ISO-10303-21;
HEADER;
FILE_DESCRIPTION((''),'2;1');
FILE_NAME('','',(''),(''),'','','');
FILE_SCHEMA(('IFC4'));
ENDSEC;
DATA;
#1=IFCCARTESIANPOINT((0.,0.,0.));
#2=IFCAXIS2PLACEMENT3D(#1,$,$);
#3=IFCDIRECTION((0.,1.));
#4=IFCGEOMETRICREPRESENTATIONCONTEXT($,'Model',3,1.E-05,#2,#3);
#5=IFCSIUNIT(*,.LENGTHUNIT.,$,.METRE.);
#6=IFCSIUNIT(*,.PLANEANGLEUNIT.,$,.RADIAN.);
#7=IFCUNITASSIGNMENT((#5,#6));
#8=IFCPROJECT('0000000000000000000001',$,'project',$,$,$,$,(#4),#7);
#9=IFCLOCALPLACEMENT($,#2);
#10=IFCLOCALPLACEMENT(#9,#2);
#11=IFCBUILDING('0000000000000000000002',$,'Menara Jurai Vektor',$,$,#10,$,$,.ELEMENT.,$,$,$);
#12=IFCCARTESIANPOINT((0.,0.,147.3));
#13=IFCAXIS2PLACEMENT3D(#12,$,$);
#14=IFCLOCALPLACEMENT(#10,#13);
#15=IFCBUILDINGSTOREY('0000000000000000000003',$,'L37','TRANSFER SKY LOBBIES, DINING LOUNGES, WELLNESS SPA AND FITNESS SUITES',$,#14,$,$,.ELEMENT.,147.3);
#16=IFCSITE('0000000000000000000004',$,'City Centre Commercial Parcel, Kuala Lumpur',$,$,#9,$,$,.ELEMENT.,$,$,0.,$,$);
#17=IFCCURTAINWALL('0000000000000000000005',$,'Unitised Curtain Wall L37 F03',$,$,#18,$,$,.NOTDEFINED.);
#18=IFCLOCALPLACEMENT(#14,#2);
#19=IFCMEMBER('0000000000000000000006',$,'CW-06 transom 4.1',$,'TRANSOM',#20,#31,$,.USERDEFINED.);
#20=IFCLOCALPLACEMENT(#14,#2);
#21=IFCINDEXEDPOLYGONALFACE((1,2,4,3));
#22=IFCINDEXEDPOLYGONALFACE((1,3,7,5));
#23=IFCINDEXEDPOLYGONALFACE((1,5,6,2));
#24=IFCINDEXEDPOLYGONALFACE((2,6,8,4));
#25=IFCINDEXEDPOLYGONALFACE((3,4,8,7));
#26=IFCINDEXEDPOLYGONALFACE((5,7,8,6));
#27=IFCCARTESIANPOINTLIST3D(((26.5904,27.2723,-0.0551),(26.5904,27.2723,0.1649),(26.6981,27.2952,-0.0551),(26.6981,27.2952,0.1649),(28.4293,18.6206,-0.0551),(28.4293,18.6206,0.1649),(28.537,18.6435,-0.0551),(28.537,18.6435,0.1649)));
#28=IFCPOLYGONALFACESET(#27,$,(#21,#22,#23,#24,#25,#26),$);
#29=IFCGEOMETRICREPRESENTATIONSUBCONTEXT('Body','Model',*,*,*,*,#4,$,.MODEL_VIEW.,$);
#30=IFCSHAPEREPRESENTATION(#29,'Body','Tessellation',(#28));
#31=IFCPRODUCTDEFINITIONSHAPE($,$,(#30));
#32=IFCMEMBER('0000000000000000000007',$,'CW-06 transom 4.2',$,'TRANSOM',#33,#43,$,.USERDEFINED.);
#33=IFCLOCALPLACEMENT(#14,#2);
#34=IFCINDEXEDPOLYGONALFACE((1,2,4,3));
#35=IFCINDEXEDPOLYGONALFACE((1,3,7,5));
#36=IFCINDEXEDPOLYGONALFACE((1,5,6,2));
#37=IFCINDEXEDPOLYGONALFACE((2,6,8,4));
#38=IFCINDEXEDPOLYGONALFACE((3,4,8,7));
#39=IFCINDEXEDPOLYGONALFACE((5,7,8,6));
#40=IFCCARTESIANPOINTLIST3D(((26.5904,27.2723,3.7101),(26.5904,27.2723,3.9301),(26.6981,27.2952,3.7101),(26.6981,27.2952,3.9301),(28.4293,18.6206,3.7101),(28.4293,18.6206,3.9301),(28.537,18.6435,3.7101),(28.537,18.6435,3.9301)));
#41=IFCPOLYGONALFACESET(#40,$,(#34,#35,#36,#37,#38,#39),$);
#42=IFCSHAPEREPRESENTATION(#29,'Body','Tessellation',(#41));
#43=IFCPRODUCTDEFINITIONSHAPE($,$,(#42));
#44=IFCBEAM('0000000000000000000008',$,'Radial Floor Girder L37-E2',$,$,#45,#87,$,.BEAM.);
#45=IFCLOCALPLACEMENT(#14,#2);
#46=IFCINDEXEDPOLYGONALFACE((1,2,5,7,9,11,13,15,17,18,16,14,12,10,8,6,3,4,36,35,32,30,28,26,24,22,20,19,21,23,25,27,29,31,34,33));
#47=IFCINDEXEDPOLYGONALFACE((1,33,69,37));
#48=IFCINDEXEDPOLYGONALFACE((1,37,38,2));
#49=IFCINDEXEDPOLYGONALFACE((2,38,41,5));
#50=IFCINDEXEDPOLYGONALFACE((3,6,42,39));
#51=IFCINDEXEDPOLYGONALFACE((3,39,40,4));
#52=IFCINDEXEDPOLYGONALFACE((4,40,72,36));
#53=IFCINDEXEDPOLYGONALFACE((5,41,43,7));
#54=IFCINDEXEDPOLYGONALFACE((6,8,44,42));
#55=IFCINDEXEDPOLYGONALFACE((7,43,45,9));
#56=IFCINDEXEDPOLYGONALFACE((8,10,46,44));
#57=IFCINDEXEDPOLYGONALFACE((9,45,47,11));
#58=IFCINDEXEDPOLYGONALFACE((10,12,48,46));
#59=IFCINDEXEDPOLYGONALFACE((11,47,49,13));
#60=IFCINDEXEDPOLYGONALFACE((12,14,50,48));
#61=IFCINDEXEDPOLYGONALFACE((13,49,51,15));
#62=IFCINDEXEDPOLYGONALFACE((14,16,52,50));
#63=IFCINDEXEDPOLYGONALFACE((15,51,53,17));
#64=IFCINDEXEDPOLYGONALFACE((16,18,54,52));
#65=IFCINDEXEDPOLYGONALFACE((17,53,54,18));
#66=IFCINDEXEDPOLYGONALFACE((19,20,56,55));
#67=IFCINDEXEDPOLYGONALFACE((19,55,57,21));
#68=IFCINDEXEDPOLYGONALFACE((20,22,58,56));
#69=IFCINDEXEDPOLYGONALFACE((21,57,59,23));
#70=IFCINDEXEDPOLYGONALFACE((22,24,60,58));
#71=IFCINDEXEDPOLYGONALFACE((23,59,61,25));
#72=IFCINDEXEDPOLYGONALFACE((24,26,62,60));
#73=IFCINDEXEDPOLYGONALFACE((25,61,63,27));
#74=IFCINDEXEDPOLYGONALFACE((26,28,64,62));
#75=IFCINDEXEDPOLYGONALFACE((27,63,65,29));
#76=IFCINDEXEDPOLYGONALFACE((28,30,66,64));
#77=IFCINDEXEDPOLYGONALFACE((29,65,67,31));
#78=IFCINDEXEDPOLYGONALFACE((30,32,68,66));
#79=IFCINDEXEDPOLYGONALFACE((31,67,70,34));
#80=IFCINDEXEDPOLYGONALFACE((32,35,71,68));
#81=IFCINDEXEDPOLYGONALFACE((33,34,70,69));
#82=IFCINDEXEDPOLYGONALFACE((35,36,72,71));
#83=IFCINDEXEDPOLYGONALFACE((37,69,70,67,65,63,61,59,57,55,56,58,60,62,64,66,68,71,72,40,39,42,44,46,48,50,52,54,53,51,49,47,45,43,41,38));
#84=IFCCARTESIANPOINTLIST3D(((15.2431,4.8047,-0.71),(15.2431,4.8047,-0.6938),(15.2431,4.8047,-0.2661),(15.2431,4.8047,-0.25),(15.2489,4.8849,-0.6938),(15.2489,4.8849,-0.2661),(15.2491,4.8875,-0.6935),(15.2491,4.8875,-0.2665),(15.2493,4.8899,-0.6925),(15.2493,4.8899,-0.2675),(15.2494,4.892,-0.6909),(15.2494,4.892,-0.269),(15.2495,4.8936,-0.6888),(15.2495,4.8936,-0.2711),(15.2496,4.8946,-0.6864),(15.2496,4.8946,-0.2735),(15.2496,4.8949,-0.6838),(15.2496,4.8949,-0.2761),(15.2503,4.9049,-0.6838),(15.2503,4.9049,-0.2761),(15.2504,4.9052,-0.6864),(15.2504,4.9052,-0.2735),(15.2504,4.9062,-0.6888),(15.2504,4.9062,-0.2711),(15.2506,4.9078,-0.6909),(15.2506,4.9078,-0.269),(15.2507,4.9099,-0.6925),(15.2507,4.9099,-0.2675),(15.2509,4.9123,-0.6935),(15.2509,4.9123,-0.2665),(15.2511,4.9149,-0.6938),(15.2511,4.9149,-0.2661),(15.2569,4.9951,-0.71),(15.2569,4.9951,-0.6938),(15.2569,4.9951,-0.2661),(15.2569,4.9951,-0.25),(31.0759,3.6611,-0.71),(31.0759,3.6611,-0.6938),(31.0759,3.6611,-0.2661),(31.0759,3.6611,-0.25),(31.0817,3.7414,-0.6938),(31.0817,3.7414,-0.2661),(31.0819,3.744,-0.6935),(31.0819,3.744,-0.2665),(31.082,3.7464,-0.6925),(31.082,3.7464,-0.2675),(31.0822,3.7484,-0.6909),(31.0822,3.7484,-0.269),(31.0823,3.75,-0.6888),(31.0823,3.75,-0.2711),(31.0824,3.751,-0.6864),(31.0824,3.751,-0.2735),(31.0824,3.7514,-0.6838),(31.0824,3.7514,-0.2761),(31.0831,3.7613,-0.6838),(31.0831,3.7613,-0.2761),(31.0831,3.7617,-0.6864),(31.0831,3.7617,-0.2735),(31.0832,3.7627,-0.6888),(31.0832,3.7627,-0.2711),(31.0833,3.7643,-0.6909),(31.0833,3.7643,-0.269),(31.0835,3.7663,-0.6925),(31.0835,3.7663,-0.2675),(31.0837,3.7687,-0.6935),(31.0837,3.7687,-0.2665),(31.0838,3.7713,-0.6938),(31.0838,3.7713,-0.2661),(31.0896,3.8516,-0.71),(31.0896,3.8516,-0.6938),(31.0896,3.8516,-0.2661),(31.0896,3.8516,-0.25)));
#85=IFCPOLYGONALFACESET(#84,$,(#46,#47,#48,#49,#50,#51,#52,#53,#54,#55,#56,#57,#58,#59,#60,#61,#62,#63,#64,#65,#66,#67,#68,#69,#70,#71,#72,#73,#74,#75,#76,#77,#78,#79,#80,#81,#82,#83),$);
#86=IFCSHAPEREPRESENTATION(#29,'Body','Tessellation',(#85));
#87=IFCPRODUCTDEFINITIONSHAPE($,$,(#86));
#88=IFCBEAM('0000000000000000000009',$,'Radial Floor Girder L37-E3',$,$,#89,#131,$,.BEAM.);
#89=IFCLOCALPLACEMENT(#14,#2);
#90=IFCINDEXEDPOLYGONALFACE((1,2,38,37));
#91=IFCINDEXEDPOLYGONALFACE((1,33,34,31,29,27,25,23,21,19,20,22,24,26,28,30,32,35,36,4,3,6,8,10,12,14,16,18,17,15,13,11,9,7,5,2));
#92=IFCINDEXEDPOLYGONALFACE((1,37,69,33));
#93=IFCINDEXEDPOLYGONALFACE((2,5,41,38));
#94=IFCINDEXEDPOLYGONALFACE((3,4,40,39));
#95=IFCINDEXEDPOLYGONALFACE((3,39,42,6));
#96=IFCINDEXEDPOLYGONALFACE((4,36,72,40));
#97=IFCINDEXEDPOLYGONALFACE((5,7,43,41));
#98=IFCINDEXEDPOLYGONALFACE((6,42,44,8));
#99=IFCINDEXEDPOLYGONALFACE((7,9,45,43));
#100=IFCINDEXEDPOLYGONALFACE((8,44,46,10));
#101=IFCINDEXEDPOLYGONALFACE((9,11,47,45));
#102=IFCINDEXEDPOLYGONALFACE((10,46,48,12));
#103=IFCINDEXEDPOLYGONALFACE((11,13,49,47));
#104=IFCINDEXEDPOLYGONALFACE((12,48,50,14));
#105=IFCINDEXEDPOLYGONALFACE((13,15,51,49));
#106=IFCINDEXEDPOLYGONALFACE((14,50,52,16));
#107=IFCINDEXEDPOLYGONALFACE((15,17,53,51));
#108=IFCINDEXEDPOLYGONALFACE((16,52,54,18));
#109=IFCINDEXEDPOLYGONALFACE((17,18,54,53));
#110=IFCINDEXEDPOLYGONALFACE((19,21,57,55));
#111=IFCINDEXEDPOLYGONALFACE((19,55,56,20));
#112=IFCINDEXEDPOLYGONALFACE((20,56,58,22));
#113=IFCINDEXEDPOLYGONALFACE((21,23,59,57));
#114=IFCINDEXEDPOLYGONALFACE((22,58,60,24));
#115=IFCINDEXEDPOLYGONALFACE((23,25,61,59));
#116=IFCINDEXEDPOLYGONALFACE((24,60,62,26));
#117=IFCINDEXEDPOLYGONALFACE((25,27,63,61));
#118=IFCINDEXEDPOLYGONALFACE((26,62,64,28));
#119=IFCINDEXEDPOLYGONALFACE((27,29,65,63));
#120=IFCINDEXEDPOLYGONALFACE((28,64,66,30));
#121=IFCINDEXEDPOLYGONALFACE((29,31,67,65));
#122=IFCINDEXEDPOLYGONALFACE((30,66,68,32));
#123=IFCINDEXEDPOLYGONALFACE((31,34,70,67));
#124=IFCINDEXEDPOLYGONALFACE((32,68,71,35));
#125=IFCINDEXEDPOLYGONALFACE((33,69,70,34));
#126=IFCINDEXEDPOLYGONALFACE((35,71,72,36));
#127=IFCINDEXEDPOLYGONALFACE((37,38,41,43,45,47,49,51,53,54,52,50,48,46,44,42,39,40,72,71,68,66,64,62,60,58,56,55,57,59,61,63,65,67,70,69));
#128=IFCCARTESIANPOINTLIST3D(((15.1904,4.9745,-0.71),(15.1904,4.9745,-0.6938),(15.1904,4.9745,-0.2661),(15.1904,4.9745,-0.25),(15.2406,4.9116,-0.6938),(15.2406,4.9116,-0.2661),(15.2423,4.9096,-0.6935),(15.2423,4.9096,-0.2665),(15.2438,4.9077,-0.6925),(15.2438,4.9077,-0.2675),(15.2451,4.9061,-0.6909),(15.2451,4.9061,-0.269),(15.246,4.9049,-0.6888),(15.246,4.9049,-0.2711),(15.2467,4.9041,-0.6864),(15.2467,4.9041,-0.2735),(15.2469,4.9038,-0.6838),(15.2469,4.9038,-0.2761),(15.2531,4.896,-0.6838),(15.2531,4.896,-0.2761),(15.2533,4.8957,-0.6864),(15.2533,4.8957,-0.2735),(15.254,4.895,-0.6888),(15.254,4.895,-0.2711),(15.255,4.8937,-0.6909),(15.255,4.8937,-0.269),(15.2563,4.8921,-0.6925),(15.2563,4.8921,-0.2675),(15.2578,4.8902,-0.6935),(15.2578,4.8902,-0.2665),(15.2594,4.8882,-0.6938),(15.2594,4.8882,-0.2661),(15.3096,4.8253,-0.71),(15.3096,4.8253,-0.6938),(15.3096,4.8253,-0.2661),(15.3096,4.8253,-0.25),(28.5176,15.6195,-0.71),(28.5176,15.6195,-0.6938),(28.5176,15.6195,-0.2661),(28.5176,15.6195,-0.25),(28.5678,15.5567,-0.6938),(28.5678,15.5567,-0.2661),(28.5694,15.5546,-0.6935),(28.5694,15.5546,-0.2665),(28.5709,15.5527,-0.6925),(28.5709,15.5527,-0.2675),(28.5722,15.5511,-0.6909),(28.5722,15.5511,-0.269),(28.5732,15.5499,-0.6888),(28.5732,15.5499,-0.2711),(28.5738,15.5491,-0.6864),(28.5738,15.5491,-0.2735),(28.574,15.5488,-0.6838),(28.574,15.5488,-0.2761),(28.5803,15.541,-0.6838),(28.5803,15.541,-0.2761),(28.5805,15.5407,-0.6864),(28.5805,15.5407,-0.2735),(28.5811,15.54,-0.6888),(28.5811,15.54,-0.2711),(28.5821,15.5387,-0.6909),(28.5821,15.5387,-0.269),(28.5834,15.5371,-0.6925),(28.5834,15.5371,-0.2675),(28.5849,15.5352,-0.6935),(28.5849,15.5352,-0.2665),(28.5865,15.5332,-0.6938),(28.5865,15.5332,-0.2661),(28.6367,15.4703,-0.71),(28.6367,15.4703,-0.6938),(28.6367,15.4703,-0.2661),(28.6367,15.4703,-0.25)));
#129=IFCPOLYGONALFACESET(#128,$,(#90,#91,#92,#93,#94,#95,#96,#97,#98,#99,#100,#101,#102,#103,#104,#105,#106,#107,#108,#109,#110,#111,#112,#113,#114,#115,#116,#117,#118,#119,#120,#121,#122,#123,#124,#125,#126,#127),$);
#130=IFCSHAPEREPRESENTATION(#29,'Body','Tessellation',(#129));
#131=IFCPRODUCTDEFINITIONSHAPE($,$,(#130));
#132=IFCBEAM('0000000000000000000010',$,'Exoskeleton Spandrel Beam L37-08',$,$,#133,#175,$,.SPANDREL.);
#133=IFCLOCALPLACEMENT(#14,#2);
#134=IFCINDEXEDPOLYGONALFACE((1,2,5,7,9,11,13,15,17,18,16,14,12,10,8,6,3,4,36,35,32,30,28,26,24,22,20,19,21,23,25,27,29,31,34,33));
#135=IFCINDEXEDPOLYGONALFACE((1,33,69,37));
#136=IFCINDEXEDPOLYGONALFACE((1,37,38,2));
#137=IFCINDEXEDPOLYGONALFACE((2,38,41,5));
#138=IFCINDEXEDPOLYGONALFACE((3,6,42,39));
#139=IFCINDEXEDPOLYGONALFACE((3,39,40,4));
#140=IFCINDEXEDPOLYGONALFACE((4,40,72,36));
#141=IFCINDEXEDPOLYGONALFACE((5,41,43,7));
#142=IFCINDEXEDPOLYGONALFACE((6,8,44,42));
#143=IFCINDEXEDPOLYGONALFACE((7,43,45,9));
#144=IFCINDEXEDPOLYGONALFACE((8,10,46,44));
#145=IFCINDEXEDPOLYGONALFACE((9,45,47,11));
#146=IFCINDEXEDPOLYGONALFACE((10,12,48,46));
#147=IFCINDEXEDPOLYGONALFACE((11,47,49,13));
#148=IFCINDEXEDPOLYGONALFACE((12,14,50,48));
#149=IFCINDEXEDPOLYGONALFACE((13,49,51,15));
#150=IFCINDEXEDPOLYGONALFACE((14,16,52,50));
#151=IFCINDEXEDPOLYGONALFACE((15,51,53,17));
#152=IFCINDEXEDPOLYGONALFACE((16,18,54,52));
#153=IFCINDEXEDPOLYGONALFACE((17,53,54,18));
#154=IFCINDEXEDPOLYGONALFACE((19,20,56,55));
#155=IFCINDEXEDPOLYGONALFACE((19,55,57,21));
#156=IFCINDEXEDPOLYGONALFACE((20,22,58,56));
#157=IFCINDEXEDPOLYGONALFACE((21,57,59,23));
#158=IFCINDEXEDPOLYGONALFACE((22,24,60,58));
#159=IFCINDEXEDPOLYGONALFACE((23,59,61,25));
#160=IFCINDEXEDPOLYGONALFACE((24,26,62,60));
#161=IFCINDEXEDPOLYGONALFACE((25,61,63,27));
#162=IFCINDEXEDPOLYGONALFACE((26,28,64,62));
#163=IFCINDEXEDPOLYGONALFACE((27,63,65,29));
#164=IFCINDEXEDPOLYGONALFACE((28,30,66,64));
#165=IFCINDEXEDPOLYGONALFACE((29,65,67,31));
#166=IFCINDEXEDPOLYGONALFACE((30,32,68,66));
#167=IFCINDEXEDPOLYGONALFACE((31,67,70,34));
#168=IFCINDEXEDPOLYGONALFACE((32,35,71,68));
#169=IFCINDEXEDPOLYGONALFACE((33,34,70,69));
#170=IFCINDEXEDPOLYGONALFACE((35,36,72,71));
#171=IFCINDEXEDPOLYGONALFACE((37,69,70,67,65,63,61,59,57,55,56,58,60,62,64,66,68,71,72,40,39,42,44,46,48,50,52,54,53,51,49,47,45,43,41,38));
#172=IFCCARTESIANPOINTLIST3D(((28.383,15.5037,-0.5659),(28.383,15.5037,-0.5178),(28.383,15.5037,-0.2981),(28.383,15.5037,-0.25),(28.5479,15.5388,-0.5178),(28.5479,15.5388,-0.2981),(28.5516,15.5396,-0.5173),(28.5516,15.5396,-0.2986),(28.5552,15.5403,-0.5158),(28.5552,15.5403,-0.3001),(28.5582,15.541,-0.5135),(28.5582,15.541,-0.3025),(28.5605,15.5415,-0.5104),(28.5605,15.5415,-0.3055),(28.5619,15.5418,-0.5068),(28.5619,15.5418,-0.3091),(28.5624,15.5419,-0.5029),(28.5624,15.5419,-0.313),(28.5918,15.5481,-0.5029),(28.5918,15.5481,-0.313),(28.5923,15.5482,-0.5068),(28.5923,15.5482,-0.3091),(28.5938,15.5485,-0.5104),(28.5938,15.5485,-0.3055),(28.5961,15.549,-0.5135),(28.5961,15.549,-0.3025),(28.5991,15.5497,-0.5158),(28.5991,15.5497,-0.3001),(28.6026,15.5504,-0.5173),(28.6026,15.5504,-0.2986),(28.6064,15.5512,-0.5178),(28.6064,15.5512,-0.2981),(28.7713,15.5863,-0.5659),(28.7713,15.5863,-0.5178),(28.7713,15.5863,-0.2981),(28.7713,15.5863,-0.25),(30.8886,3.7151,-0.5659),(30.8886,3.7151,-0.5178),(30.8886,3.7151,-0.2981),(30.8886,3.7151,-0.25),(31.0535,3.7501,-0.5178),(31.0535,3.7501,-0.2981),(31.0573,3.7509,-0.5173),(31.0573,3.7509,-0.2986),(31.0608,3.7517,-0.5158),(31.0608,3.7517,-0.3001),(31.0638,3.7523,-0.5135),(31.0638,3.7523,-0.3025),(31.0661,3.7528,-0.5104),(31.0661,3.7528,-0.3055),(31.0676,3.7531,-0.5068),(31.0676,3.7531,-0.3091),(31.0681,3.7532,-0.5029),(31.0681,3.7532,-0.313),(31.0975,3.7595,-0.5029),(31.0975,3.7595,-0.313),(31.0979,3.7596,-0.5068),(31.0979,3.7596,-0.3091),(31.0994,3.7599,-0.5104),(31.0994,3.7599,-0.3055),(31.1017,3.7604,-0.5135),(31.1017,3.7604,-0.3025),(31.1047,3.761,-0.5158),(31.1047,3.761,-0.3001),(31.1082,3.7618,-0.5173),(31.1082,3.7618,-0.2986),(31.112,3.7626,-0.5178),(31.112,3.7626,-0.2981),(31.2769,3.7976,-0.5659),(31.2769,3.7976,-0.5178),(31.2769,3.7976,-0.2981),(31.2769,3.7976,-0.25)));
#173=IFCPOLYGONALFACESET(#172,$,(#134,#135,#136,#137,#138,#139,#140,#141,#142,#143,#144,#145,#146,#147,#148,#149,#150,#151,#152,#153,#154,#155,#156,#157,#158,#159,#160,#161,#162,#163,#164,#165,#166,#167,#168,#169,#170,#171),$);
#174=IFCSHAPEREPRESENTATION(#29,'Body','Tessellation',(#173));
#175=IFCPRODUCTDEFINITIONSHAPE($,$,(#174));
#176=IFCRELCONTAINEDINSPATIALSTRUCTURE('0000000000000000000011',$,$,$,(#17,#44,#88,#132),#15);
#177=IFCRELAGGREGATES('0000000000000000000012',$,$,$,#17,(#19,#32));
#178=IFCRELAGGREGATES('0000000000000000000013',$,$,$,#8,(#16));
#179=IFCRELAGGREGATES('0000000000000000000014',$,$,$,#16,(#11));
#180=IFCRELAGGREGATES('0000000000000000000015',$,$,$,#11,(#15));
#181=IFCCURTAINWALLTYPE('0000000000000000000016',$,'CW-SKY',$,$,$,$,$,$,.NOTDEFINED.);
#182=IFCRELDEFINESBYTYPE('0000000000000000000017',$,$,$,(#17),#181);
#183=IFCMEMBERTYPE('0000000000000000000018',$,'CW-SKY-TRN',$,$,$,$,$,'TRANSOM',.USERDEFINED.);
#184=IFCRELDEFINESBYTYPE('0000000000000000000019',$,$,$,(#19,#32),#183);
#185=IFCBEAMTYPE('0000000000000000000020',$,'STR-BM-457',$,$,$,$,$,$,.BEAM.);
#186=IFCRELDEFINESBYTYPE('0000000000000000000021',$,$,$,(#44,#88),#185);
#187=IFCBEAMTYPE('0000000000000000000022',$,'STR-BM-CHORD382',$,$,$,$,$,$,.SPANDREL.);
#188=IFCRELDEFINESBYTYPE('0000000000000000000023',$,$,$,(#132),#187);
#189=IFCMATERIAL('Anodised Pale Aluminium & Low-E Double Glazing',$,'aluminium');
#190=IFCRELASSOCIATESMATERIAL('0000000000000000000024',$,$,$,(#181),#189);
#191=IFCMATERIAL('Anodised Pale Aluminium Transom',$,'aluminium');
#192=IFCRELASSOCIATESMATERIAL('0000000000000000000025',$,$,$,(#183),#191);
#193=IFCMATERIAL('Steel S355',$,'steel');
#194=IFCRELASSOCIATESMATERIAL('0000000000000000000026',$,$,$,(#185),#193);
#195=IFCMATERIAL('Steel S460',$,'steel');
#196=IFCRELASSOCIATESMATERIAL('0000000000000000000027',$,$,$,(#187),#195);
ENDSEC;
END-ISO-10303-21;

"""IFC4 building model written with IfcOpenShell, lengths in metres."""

from ifc_helpers import new_model, si_unit, direction, frame, origin, origin_2d, place, context, subcontext, project, spatial, rectangle, i_section, extrude, material, material_profile, profile_set, type_object, element, aggregate, save


model = new_model("IFC4")

# Units and contexts
model_context = context("Model", 3, precision=1e-05, world=origin(), true_north=direction((0.0, 1.0)))
body_context = subcontext(model_context, "Body", "Model", "MODEL_VIEW")
ifc_project = project(units=[si_unit("LENGTHUNIT", "METRE"), si_unit("PLANEANGLEUNIT", "RADIAN")], contexts=[model_context])

# Site, building, storey
site_placement = place(None, origin())
site = spatial("IfcSite", under=ifc_project, at=site_placement, Name="City Centre Commercial Parcel, Kuala Lumpur", CompositionType="ELEMENT", RefElevation=0.0)
building_placement = place(site_placement, origin())
building = spatial("IfcBuilding", under=site, at=building_placement, Name="Menara Jurai Vektor", CompositionType="ELEMENT")
storey_placement = place(building_placement, frame((0.0, 0.0, 147.3)))
storey = spatial("IfcBuildingStorey", under=building, at=storey_placement, Name="L37", Description="TRANSFER SKY LOBBIES, DINING LOUNGES, WELLNESS SPA AND FITNESS SUITES", CompositionType="ELEMENT", Elevation=147.3)

# Shared definitions
ifc_material_1 = material(Name="Steel S460", Category="steel")

# Curtain wall, members
ifc_material_2 = material(Name="Anodised Pale Aluminium & Low-E Double Glazing", Category="aluminium")
curtain_wall_type = type_object("IfcCurtainWallType", Name="CW-SKY", PredefinedType="NOTDEFINED", material=ifc_material_2)
curtain_wall_placement = place(storey_placement, origin())
curtain_wall = element("IfcCurtainWall", 1, at=curtain_wall_placement, inside=storey, type_object=curtain_wall_type, Name="Unitised Curtain Wall L37 F03", PredefinedType="NOTDEFINED")
ifc_material_3 = material(Name="Anodised Pale Aluminium Transom", Category="aluminium")
ifc_material_profile_1 = material_profile(ifc_material_3, rectangle(XDim=0.1101, YDim=0.22, at=origin_2d()), Name="ALU TRN 110x220")
ifc_profile_set_1 = profile_set([ifc_material_profile_1], Name="Anodised Pale Aluminium Transom")
member_type_1 = type_object("IfcMemberType", Name="CW-SKY-TRN", ElementType="TRANSOM", PredefinedType="USERDEFINED", material=ifc_profile_set_1)
member_1_placement = place(storey_placement, frame((28.4832, 18.6321, 0.0549), z_axis=(-0.207902, 0.97815, 0.0), x_axis=(-0.97815, -0.207902, 0.0)))
member_1 = element("IfcMember", 2, at=member_1_placement, type_object=member_type_1, Name="CW-06 transom 4.1", ObjectType="TRANSOM", PredefinedType="USERDEFINED", context=body_context, shape_type="SweptSolid", body=[
    extrude(rectangle(XDim=0.1101, YDim=0.22, at=origin_2d()), origin(), (0.0, 0.0, 1.0), 8.845),
])
member_2_placement = place(storey_placement, frame((28.4832, 18.6321, 3.8201), z_axis=(-0.207902, 0.97815, 0.0), x_axis=(-0.97815, -0.207902, 0.0)))
member_2 = element("IfcMember", 3, at=member_2_placement, type_object=member_type_1, Name="CW-06 transom 4.2", ObjectType="TRANSOM", PredefinedType="USERDEFINED", context=body_context, shape_type="SweptSolid", body=[
    extrude(rectangle(XDim=0.1101, YDim=0.22, at=origin_2d()), origin(), (0.0, 0.0, 1.0), 8.845),
])

# Beams
ifc_material_4 = material(Name="Steel S355", Category="steel")
ifc_material_profile_2 = material_profile(ifc_material_4, i_section(OverallWidth=0.1909, OverallDepth=0.46, WebThickness=0.01, FlangeThickness=0.0161, FilletRadius=0.01, at=origin_2d()), Name="UKB 457x191x82")
ifc_profile_set_2 = profile_set([ifc_material_profile_2], Name="Steel S355")
beam_type_1 = type_object("IfcBeamType", Name="STR-BM-457", PredefinedType="BEAM", material=ifc_profile_set_2)
beam_1_placement = place(storey_placement, frame((31.0828, 3.7563, -0.48), z_axis=(-0.997402, 0.072039, 0.0), x_axis=(-0.072039, -0.997402, 0.0)))
element("IfcBeam", 4, at=beam_1_placement, inside=storey, type_object=beam_type_1, Name="Radial Floor Girder L37-E2", PredefinedType="BEAM", context=body_context, shape_type="SweptSolid", body=[
    extrude(i_section(OverallWidth=0.1909, OverallDepth=0.46, WebThickness=0.01, FlangeThickness=0.0161, FilletRadius=0.01, at=origin_2d()), origin(), (0.0, 0.0, 1.0), 15.874),
])
beam_2_placement = place(storey_placement, frame((28.5771, 15.5449, -0.48), z_axis=(-0.781346, -0.624098, 0.0), x_axis=(0.624098, -0.781346, 0.0)))
element("IfcBeam", 5, at=beam_2_placement, inside=storey, type_object=beam_type_1, Name="Radial Floor Girder L37-E3", PredefinedType="BEAM", context=body_context, shape_type="SweptSolid", body=[
    extrude(i_section(OverallWidth=0.1909, OverallDepth=0.46, WebThickness=0.01, FlangeThickness=0.0161, FilletRadius=0.01, at=origin_2d()), origin(), (0.0, 0.0, 1.0), 17.0566),
])
ifc_material_profile_3 = material_profile(ifc_material_1, i_section(OverallWidth=0.397, OverallDepth=0.3159, WebThickness=0.03, FlangeThickness=0.0481, FilletRadius=0.0149, at=origin_2d()), Name="HD 400x382")
ifc_profile_set_3 = profile_set([ifc_material_profile_3], Name="Steel S460")
beam_type_2 = type_object("IfcBeamType", Name="STR-BM-CHORD382", PredefinedType="SPANDREL", material=ifc_profile_set_3)
for number, where, z_axis, x_axis, name in (
    (6, (31.0828, 3.7563, -0.408), (-0.207902, 0.97815, 0.0), (-0.97815, -0.207902, 0.0), "Exoskeleton Spandrel Beam L37-08"),
):
    element("IfcBeam", number, at=place(storey_placement, frame(where, z_axis=z_axis, x_axis=x_axis)), inside=storey, type_object=beam_type_2, Name=name, PredefinedType="SPANDREL", context=body_context, shape_type="SweptSolid", body=[
        extrude(i_section(OverallWidth=0.397, OverallDepth=0.3159, WebThickness=0.03, FlangeThickness=0.0481, FilletRadius=0.0149, at=origin_2d()), origin(), (0.0, 0.0, 1.0), 12.052),
    ])

aggregate(curtain_wall, [member_1, member_2])

save(model, "model.ifc")
